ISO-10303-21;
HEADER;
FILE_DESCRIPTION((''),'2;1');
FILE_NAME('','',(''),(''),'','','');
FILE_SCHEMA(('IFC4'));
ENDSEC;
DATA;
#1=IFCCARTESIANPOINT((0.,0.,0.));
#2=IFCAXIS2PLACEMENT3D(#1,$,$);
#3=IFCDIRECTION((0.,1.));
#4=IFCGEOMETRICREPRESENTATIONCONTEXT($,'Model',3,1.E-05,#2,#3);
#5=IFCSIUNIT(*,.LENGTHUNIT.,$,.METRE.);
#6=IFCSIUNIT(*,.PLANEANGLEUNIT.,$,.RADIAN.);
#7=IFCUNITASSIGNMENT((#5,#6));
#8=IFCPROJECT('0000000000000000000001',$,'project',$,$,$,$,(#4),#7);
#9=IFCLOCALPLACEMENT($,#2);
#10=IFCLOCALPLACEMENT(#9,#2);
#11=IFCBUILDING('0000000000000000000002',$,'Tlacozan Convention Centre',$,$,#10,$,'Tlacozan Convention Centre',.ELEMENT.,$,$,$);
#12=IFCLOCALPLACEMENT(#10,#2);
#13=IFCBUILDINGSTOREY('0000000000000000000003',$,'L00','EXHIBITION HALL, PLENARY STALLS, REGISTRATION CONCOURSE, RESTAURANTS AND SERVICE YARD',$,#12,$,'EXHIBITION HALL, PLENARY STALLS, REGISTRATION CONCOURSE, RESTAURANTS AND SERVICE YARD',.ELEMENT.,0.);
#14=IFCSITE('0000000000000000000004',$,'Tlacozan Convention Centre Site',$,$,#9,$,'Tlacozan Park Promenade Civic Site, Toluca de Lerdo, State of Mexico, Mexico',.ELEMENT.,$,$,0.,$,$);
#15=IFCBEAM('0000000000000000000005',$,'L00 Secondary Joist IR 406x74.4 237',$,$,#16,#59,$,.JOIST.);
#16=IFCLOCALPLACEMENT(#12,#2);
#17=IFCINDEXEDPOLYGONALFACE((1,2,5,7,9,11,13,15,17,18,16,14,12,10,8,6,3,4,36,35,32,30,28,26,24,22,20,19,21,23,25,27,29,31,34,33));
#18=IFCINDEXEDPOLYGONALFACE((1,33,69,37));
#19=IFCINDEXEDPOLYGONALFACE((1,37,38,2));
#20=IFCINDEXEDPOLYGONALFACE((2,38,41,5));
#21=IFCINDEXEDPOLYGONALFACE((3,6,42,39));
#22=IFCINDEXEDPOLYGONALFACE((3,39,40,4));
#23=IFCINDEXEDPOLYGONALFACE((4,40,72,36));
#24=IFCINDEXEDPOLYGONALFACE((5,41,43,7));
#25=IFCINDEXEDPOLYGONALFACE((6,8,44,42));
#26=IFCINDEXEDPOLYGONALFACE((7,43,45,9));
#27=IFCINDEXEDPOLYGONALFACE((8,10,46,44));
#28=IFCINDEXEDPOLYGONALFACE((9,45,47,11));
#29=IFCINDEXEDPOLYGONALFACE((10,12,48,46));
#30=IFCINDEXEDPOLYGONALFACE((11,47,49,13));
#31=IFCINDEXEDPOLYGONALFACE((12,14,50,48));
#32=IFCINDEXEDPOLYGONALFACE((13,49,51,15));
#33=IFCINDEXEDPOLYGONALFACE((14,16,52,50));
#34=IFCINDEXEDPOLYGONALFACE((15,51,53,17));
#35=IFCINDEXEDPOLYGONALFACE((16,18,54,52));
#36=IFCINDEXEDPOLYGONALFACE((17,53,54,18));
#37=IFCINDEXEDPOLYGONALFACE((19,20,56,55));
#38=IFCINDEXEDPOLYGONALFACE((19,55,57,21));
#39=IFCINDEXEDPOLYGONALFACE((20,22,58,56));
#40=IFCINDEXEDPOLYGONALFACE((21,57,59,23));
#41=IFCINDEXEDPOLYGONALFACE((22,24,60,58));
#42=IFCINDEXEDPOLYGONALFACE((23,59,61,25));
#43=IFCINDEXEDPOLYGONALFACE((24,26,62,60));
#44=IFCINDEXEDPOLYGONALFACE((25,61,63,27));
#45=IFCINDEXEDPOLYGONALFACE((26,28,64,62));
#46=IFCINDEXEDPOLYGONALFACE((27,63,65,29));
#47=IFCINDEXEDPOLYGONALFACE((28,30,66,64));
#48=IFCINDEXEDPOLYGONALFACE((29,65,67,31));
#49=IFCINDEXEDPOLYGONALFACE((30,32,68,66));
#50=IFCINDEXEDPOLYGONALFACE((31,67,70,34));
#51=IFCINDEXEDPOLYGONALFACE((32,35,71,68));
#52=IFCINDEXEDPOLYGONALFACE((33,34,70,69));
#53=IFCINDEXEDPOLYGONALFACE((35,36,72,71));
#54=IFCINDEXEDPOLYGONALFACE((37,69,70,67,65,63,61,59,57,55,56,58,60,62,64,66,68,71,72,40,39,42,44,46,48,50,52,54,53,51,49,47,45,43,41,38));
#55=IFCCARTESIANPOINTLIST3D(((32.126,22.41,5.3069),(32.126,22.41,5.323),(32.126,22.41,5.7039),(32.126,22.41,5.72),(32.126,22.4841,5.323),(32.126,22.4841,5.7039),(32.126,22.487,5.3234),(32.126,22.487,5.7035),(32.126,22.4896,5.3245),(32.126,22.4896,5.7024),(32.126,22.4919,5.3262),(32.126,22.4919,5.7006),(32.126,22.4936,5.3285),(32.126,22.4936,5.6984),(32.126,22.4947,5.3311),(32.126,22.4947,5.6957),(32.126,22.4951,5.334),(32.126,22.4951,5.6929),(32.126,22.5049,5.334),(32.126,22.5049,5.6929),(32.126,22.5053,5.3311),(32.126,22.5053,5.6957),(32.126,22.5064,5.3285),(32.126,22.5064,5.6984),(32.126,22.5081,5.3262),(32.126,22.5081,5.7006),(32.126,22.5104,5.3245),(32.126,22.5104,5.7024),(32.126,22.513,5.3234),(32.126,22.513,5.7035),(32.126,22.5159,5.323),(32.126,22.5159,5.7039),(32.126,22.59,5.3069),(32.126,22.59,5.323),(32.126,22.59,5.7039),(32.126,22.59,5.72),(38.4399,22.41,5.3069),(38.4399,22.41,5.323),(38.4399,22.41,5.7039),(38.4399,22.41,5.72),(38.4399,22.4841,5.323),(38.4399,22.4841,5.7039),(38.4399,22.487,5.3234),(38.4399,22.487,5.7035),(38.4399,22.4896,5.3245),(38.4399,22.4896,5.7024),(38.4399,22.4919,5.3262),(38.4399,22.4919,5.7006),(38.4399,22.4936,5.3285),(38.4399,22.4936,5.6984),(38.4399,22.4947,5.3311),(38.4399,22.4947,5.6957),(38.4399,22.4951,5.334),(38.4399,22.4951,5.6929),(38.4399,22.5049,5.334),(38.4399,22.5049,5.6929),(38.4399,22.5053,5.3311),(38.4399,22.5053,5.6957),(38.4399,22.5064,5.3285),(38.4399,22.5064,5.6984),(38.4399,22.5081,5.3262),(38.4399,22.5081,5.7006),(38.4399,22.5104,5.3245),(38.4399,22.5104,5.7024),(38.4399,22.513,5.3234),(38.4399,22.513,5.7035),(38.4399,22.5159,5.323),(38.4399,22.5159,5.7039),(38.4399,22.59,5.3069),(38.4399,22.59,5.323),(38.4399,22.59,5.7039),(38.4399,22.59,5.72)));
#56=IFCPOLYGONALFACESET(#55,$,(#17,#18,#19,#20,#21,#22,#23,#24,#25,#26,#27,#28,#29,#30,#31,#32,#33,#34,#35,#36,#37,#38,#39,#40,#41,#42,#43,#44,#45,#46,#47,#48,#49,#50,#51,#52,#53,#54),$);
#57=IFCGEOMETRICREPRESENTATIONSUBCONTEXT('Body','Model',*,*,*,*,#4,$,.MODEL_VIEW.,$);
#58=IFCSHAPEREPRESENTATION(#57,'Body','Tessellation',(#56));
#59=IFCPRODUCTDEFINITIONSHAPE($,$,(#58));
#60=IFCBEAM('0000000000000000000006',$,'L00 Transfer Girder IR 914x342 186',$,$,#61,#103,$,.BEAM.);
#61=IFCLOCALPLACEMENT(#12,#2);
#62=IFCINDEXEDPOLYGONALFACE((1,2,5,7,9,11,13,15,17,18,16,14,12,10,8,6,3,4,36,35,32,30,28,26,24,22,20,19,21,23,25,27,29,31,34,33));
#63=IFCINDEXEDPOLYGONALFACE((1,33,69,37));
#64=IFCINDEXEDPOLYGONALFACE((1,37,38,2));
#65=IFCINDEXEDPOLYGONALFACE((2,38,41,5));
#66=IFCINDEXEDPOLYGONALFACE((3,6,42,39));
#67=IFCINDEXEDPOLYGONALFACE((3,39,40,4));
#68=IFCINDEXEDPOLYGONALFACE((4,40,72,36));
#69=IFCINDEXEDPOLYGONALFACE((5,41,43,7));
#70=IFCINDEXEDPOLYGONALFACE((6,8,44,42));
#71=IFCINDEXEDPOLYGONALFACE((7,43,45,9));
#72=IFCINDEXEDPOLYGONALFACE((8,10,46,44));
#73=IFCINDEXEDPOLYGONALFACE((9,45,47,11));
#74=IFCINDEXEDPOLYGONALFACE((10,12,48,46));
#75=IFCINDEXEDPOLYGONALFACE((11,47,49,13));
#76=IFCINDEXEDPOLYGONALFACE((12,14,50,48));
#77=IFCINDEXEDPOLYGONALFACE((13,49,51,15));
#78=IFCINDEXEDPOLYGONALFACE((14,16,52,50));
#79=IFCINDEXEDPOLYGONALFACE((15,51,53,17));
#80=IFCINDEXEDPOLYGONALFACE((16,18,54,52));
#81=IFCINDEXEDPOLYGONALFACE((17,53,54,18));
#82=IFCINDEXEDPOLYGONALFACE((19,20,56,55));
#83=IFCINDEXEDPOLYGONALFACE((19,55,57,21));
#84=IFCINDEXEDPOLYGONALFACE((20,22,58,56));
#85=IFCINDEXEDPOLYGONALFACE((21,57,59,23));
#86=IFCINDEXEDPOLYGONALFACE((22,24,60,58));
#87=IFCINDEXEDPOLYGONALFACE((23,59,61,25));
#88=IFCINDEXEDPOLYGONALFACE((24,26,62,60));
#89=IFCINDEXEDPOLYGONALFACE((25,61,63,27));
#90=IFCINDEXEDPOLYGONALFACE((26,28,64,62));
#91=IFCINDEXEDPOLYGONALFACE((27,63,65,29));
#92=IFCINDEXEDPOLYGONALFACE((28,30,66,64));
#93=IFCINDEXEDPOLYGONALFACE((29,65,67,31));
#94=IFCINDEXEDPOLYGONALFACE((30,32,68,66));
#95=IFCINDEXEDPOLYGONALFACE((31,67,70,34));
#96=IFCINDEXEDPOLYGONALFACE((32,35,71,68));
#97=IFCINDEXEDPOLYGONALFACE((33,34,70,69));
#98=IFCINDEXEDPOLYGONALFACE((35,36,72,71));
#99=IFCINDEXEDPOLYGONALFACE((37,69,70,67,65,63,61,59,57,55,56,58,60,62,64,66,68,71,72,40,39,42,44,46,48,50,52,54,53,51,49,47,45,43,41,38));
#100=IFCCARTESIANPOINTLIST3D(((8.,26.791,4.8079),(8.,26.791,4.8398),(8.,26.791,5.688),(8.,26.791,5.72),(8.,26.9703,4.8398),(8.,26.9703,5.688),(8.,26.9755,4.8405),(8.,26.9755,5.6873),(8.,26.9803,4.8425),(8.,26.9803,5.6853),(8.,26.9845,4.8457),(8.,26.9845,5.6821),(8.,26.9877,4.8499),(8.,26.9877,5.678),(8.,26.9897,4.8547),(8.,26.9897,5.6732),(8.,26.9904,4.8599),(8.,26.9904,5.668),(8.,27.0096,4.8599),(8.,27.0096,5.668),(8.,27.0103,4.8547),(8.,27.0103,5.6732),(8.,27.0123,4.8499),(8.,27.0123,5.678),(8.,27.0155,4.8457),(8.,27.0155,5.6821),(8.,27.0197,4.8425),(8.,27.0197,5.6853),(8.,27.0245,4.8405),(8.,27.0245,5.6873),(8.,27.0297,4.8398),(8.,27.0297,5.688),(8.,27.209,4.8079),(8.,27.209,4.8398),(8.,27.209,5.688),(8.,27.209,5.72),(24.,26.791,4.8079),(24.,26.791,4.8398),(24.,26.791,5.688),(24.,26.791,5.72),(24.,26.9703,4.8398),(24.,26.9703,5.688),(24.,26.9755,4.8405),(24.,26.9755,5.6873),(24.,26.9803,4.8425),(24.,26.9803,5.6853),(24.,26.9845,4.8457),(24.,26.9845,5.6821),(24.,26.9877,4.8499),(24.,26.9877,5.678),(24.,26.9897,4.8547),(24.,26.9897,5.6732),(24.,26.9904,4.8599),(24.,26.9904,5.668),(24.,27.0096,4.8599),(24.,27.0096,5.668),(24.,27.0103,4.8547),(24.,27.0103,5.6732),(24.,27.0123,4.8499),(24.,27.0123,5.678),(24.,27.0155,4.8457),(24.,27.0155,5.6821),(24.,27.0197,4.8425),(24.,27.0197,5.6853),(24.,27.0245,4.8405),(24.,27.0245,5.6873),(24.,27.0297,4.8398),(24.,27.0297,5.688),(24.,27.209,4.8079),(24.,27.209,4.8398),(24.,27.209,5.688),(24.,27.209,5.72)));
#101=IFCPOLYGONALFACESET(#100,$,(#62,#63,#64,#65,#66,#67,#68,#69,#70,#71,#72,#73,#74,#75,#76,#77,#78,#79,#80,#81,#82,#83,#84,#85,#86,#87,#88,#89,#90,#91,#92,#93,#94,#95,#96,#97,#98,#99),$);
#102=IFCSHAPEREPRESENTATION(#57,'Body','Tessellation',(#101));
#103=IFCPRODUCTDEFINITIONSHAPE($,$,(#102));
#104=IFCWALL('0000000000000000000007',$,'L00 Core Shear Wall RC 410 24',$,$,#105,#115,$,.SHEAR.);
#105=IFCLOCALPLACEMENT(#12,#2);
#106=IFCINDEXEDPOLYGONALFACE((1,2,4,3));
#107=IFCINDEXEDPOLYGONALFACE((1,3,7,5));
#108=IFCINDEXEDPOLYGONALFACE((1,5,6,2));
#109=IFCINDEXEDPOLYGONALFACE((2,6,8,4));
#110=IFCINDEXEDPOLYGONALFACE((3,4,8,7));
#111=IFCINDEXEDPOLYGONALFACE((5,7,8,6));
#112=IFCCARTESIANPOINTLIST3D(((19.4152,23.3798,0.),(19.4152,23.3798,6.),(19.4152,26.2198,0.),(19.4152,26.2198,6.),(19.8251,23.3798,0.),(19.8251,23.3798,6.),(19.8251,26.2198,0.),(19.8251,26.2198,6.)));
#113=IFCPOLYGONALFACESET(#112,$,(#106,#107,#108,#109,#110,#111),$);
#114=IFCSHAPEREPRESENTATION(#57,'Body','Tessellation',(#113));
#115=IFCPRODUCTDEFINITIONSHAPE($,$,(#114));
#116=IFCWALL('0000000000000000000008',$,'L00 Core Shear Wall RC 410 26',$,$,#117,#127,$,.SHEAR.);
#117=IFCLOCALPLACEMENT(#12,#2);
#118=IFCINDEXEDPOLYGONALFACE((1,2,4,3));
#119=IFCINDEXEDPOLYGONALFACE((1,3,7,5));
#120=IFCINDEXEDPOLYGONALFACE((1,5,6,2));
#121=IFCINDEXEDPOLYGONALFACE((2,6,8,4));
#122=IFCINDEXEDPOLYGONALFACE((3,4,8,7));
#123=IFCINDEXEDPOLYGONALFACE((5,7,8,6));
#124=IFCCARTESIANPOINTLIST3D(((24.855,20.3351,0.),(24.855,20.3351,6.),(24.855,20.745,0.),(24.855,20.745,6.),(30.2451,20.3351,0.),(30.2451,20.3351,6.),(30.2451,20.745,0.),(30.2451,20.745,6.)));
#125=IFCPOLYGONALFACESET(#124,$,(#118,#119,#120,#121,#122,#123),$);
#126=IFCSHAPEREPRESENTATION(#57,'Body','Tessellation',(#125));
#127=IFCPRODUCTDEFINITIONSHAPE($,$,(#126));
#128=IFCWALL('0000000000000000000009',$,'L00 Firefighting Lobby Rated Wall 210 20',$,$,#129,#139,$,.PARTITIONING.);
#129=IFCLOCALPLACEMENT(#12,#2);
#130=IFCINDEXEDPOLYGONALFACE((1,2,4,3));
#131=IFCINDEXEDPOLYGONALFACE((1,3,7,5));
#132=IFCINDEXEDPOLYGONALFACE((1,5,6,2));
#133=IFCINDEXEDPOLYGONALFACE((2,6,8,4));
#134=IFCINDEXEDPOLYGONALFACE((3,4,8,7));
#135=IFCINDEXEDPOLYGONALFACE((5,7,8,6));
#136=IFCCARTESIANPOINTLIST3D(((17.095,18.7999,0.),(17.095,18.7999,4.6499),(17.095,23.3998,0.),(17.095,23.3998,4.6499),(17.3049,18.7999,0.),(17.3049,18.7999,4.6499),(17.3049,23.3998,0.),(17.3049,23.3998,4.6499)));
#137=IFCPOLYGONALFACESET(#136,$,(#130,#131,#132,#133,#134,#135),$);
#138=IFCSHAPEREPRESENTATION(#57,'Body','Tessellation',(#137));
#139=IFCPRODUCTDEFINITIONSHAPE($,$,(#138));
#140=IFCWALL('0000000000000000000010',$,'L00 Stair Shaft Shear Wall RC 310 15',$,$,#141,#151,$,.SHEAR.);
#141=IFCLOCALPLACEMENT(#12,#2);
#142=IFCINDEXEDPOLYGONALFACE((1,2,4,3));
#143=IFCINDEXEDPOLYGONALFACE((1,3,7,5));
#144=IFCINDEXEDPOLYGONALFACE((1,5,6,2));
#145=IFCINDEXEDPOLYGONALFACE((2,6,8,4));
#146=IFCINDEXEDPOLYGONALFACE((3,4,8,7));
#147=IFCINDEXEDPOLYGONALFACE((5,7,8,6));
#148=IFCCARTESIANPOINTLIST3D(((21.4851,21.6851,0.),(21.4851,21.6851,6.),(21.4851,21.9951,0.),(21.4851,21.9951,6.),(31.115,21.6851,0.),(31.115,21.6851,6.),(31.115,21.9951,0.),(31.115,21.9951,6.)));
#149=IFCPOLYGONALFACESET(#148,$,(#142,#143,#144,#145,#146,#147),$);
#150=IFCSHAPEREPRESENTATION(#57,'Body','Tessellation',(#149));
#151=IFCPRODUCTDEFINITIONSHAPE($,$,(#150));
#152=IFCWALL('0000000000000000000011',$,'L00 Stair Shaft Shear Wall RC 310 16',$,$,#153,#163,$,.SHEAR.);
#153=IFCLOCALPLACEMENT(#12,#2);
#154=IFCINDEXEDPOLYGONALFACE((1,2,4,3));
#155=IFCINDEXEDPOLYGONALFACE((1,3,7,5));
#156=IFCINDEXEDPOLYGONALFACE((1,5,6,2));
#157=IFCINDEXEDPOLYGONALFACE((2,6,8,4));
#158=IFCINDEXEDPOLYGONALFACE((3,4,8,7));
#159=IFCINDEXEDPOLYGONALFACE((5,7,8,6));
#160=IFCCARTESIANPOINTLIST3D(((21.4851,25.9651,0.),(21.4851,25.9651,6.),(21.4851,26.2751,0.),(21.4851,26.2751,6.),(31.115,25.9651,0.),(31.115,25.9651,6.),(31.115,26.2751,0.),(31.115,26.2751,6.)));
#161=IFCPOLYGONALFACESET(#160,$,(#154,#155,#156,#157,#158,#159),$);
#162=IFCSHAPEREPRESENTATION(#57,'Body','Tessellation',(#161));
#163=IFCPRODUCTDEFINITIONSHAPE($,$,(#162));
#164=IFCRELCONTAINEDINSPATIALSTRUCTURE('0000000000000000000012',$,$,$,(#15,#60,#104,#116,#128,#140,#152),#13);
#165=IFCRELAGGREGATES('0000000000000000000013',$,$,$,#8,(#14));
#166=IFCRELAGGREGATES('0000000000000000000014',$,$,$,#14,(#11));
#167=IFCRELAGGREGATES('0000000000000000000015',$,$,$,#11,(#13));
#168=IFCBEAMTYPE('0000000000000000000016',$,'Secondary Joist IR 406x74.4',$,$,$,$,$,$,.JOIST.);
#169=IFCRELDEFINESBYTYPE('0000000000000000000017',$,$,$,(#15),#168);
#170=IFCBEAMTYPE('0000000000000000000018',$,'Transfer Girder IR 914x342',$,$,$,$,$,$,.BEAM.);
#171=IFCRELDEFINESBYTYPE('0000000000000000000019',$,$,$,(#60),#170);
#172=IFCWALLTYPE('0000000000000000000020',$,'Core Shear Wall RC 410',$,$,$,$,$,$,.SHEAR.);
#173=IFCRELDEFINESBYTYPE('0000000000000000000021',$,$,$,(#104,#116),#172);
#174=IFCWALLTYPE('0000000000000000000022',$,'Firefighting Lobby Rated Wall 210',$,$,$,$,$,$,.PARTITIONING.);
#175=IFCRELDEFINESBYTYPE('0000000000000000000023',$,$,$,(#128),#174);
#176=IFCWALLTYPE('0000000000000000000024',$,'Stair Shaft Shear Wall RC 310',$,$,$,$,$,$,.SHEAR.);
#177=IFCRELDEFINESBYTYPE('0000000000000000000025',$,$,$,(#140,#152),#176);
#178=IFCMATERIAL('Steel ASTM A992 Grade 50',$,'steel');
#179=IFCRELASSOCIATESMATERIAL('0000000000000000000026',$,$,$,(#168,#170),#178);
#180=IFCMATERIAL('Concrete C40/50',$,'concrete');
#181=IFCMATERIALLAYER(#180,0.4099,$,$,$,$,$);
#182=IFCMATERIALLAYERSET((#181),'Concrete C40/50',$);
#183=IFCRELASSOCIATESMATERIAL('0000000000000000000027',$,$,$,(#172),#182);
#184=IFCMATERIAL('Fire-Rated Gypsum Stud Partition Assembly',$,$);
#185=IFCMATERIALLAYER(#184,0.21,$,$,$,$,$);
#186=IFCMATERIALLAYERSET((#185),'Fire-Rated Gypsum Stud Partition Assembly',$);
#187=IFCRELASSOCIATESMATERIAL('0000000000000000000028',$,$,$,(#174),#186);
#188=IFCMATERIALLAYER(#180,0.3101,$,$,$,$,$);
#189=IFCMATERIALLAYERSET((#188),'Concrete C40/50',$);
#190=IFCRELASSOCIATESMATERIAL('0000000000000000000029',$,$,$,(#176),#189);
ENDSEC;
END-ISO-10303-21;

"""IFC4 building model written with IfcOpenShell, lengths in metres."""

from ifc_helpers import new_model, si_unit, direction, frame, frame_2d, origin, origin_2d, place, context, subcontext, project, spatial, rectangle, i_section, extrude, material, layer, layer_set, material_profile, profile_set, type_object, element, save


model = new_model("IFC4")

# Units and contexts
model_context = context("Model", 3, precision=1e-05, world=origin(), true_north=direction((0.0, 1.0)))
body_context = subcontext(model_context, "Body", "Model", "MODEL_VIEW")
ifc_project = project(units=[si_unit("LENGTHUNIT", "METRE"), si_unit("PLANEANGLEUNIT", "RADIAN")], contexts=[model_context])

# Site, building, storey
site_placement = place(None, origin())
site = spatial("IfcSite", under=ifc_project, at=site_placement, Name="Tlacozan Convention Centre Site", LongName="Tlacozan Park Promenade Civic Site, Toluca de Lerdo, State of Mexico, Mexico", CompositionType="ELEMENT", RefElevation=0.0)
building_placement = place(site_placement, origin())
building = spatial("IfcBuilding", under=site, at=building_placement, Name="Tlacozan Convention Centre", LongName="Tlacozan Convention Centre", CompositionType="ELEMENT")
storey_placement = place(building_placement, origin())
storey = spatial("IfcBuildingStorey", under=building, at=storey_placement, Name="L00", Description="EXHIBITION HALL, PLENARY STALLS, REGISTRATION CONCOURSE, RESTAURANTS AND SERVICE YARD", LongName="EXHIBITION HALL, PLENARY STALLS, REGISTRATION CONCOURSE, RESTAURANTS AND SERVICE YARD", CompositionType="ELEMENT", Elevation=0.0)

# Shared definitions
ifc_material_1 = material(Name="Concrete C40/50", Category="concrete")

# Beams
ifc_material_2 = material(Name="Steel ASTM A992 Grade 50", Category="steel")
ifc_material_profile_1 = material_profile(ifc_material_2, i_section(OverallWidth=0.1799, OverallDepth=0.4131, WebThickness=0.0098, FlangeThickness=0.0161, FilletRadius=0.011, at=origin_2d()), Name="IR 406x74.4")
ifc_profile_set_1 = profile_set([ifc_material_profile_1], Name="Steel ASTM A992 Grade 50")
beam_type_1 = type_object("IfcBeamType", Name="Secondary Joist IR 406x74.4", PredefinedType="JOIST", material=ifc_profile_set_1)
beam_1_placement = place(storey_placement, frame((32.126, 22.5, 5.5134), z_axis=(1.0, 0.0, 0.0), x_axis=(0.0, 1.0, 0.0)))
element("IfcBeam", 1, at=beam_1_placement, inside=storey, type_object=beam_type_1, Name="L00 Secondary Joist IR 406x74.4 237", PredefinedType="JOIST", context=body_context, shape_type="SweptSolid", body=[
    extrude(i_section(OverallWidth=0.1799, OverallDepth=0.4131, WebThickness=0.0098, FlangeThickness=0.0161, FilletRadius=0.011, at=origin_2d()), origin(), (0.0, 0.0, 1.0), 6.314),
])
ifc_material_profile_2 = material_profile(ifc_material_2, i_section(OverallWidth=0.418, OverallDepth=0.9121, WebThickness=0.0193, FlangeThickness=0.032, FilletRadius=0.02, at=origin_2d()), Name="IR 914x342.0")
ifc_profile_set_2 = profile_set([ifc_material_profile_2], Name="Steel ASTM A992 Grade 50")
beam_type_2 = type_object("IfcBeamType", Name="Transfer Girder IR 914x342", PredefinedType="BEAM", material=ifc_profile_set_2)
beam_2_placement = place(storey_placement, frame((24.0, 27.0, 5.2639), z_axis=(-1.0, 0.0, 0.0), x_axis=(0.0, -1.0, 0.0)))
element("IfcBeam", 2, at=beam_2_placement, inside=storey, type_object=beam_type_2, Name="L00 Transfer Girder IR 914x342 186", PredefinedType="BEAM", context=body_context, shape_type="SweptSolid", body=[
    extrude(i_section(OverallWidth=0.418, OverallDepth=0.9121, WebThickness=0.0193, FlangeThickness=0.032, FilletRadius=0.02, at=origin_2d()), origin(), (0.0, 0.0, 1.0), 16.0),
])

# Walls
ifc_layer_1 = layer(ifc_material_1, 0.4099)
ifc_layer_set_1 = layer_set([ifc_layer_1], Name="Concrete C40/50")
wall_type_1 = type_object("IfcWallType", Name="Core Shear Wall RC 410", PredefinedType="SHEAR", material=ifc_layer_set_1)
wall_1_placement = place(storey_placement, frame((19.6201, 23.3799, 0.0), z_axis=(0.0, 0.0, 1.0), x_axis=(0.0, 1.0, 0.0)))
element("IfcWall", 3, at=wall_1_placement, inside=storey, type_object=wall_type_1, Name="L00 Core Shear Wall RC 410 24", PredefinedType="SHEAR", context=body_context, shape_type="SweptSolid", body=[
    extrude(rectangle(XDim=2.8401, YDim=0.4099, at=frame_2d((1.4199, 0.0))), origin(), (0.0, 0.0, 1.0), 6.0),
])
wall_2_placement = place(storey_placement, frame((24.855, 20.54, 0.0), z_axis=(0.0, 0.0, 1.0), x_axis=(1.0, 0.0, 0.0)))
element("IfcWall", 4, at=wall_2_placement, inside=storey, type_object=wall_type_1, Name="L00 Core Shear Wall RC 410 26", PredefinedType="SHEAR", context=body_context, shape_type="SweptSolid", body=[
    extrude(rectangle(XDim=5.3901, YDim=0.4099, at=frame_2d((2.6951, 0.0))), origin(), (0.0, 0.0, 1.0), 6.0),
])

# Shared definitions
ifc_material_3 = material(Name="Fire-Rated Gypsum Stud Partition Assembly")
ifc_layer_2 = layer(ifc_material_3, 0.21)
ifc_layer_set_2 = layer_set([ifc_layer_2], Name="Fire-Rated Gypsum Stud Partition Assembly")
wall_type_2 = type_object("IfcWallType", Name="Firefighting Lobby Rated Wall 210", PredefinedType="PARTITIONING", material=ifc_layer_set_2)

# Walls
wall_3_placement = place(storey_placement, frame((17.2, 18.8, 0.0), z_axis=(0.0, 0.0, 1.0), x_axis=(0.0, 1.0, 0.0)))
element("IfcWall", 5, at=wall_3_placement, inside=storey, type_object=wall_type_2, Name="L00 Firefighting Lobby Rated Wall 210 20", PredefinedType="PARTITIONING", context=body_context, shape_type="SweptSolid", body=[
    extrude(rectangle(XDim=4.5999, YDim=0.21, at=frame_2d((2.2998, 0.0))), origin(), (0.0, 0.0, 1.0), 4.6499),
])
ifc_layer_3 = layer(ifc_material_1, 0.3101)
ifc_layer_set_3 = layer_set([ifc_layer_3], Name="Concrete C40/50")
wall_type_3 = type_object("IfcWallType", Name="Stair Shaft Shear Wall RC 310", PredefinedType="SHEAR", material=ifc_layer_set_3)
for number, where, z_axis, x_axis, name in (
    (6, (21.4851, 21.8401, 0.0), (0.0, 0.0, 1.0), (1.0, 0.0, 0.0), "L00 Stair Shaft Shear Wall RC 310 15"),
    (7, (21.4851, 26.1201, 0.0), (0.0, 0.0, 1.0), (1.0, 0.0, 0.0), "L00 Stair Shaft Shear Wall RC 310 16"),
):
    element("IfcWall", number, at=place(storey_placement, frame(where, z_axis=z_axis, x_axis=x_axis)), inside=storey, type_object=wall_type_3, Name=name, PredefinedType="SHEAR", context=body_context, shape_type="SweptSolid", body=[
        extrude(rectangle(XDim=9.6299, YDim=0.3101, at=frame_2d((4.8149, 0.0))), origin(), (0.0, 0.0, 1.0), 6.0),
    ])

save(model, "model.ifc")
